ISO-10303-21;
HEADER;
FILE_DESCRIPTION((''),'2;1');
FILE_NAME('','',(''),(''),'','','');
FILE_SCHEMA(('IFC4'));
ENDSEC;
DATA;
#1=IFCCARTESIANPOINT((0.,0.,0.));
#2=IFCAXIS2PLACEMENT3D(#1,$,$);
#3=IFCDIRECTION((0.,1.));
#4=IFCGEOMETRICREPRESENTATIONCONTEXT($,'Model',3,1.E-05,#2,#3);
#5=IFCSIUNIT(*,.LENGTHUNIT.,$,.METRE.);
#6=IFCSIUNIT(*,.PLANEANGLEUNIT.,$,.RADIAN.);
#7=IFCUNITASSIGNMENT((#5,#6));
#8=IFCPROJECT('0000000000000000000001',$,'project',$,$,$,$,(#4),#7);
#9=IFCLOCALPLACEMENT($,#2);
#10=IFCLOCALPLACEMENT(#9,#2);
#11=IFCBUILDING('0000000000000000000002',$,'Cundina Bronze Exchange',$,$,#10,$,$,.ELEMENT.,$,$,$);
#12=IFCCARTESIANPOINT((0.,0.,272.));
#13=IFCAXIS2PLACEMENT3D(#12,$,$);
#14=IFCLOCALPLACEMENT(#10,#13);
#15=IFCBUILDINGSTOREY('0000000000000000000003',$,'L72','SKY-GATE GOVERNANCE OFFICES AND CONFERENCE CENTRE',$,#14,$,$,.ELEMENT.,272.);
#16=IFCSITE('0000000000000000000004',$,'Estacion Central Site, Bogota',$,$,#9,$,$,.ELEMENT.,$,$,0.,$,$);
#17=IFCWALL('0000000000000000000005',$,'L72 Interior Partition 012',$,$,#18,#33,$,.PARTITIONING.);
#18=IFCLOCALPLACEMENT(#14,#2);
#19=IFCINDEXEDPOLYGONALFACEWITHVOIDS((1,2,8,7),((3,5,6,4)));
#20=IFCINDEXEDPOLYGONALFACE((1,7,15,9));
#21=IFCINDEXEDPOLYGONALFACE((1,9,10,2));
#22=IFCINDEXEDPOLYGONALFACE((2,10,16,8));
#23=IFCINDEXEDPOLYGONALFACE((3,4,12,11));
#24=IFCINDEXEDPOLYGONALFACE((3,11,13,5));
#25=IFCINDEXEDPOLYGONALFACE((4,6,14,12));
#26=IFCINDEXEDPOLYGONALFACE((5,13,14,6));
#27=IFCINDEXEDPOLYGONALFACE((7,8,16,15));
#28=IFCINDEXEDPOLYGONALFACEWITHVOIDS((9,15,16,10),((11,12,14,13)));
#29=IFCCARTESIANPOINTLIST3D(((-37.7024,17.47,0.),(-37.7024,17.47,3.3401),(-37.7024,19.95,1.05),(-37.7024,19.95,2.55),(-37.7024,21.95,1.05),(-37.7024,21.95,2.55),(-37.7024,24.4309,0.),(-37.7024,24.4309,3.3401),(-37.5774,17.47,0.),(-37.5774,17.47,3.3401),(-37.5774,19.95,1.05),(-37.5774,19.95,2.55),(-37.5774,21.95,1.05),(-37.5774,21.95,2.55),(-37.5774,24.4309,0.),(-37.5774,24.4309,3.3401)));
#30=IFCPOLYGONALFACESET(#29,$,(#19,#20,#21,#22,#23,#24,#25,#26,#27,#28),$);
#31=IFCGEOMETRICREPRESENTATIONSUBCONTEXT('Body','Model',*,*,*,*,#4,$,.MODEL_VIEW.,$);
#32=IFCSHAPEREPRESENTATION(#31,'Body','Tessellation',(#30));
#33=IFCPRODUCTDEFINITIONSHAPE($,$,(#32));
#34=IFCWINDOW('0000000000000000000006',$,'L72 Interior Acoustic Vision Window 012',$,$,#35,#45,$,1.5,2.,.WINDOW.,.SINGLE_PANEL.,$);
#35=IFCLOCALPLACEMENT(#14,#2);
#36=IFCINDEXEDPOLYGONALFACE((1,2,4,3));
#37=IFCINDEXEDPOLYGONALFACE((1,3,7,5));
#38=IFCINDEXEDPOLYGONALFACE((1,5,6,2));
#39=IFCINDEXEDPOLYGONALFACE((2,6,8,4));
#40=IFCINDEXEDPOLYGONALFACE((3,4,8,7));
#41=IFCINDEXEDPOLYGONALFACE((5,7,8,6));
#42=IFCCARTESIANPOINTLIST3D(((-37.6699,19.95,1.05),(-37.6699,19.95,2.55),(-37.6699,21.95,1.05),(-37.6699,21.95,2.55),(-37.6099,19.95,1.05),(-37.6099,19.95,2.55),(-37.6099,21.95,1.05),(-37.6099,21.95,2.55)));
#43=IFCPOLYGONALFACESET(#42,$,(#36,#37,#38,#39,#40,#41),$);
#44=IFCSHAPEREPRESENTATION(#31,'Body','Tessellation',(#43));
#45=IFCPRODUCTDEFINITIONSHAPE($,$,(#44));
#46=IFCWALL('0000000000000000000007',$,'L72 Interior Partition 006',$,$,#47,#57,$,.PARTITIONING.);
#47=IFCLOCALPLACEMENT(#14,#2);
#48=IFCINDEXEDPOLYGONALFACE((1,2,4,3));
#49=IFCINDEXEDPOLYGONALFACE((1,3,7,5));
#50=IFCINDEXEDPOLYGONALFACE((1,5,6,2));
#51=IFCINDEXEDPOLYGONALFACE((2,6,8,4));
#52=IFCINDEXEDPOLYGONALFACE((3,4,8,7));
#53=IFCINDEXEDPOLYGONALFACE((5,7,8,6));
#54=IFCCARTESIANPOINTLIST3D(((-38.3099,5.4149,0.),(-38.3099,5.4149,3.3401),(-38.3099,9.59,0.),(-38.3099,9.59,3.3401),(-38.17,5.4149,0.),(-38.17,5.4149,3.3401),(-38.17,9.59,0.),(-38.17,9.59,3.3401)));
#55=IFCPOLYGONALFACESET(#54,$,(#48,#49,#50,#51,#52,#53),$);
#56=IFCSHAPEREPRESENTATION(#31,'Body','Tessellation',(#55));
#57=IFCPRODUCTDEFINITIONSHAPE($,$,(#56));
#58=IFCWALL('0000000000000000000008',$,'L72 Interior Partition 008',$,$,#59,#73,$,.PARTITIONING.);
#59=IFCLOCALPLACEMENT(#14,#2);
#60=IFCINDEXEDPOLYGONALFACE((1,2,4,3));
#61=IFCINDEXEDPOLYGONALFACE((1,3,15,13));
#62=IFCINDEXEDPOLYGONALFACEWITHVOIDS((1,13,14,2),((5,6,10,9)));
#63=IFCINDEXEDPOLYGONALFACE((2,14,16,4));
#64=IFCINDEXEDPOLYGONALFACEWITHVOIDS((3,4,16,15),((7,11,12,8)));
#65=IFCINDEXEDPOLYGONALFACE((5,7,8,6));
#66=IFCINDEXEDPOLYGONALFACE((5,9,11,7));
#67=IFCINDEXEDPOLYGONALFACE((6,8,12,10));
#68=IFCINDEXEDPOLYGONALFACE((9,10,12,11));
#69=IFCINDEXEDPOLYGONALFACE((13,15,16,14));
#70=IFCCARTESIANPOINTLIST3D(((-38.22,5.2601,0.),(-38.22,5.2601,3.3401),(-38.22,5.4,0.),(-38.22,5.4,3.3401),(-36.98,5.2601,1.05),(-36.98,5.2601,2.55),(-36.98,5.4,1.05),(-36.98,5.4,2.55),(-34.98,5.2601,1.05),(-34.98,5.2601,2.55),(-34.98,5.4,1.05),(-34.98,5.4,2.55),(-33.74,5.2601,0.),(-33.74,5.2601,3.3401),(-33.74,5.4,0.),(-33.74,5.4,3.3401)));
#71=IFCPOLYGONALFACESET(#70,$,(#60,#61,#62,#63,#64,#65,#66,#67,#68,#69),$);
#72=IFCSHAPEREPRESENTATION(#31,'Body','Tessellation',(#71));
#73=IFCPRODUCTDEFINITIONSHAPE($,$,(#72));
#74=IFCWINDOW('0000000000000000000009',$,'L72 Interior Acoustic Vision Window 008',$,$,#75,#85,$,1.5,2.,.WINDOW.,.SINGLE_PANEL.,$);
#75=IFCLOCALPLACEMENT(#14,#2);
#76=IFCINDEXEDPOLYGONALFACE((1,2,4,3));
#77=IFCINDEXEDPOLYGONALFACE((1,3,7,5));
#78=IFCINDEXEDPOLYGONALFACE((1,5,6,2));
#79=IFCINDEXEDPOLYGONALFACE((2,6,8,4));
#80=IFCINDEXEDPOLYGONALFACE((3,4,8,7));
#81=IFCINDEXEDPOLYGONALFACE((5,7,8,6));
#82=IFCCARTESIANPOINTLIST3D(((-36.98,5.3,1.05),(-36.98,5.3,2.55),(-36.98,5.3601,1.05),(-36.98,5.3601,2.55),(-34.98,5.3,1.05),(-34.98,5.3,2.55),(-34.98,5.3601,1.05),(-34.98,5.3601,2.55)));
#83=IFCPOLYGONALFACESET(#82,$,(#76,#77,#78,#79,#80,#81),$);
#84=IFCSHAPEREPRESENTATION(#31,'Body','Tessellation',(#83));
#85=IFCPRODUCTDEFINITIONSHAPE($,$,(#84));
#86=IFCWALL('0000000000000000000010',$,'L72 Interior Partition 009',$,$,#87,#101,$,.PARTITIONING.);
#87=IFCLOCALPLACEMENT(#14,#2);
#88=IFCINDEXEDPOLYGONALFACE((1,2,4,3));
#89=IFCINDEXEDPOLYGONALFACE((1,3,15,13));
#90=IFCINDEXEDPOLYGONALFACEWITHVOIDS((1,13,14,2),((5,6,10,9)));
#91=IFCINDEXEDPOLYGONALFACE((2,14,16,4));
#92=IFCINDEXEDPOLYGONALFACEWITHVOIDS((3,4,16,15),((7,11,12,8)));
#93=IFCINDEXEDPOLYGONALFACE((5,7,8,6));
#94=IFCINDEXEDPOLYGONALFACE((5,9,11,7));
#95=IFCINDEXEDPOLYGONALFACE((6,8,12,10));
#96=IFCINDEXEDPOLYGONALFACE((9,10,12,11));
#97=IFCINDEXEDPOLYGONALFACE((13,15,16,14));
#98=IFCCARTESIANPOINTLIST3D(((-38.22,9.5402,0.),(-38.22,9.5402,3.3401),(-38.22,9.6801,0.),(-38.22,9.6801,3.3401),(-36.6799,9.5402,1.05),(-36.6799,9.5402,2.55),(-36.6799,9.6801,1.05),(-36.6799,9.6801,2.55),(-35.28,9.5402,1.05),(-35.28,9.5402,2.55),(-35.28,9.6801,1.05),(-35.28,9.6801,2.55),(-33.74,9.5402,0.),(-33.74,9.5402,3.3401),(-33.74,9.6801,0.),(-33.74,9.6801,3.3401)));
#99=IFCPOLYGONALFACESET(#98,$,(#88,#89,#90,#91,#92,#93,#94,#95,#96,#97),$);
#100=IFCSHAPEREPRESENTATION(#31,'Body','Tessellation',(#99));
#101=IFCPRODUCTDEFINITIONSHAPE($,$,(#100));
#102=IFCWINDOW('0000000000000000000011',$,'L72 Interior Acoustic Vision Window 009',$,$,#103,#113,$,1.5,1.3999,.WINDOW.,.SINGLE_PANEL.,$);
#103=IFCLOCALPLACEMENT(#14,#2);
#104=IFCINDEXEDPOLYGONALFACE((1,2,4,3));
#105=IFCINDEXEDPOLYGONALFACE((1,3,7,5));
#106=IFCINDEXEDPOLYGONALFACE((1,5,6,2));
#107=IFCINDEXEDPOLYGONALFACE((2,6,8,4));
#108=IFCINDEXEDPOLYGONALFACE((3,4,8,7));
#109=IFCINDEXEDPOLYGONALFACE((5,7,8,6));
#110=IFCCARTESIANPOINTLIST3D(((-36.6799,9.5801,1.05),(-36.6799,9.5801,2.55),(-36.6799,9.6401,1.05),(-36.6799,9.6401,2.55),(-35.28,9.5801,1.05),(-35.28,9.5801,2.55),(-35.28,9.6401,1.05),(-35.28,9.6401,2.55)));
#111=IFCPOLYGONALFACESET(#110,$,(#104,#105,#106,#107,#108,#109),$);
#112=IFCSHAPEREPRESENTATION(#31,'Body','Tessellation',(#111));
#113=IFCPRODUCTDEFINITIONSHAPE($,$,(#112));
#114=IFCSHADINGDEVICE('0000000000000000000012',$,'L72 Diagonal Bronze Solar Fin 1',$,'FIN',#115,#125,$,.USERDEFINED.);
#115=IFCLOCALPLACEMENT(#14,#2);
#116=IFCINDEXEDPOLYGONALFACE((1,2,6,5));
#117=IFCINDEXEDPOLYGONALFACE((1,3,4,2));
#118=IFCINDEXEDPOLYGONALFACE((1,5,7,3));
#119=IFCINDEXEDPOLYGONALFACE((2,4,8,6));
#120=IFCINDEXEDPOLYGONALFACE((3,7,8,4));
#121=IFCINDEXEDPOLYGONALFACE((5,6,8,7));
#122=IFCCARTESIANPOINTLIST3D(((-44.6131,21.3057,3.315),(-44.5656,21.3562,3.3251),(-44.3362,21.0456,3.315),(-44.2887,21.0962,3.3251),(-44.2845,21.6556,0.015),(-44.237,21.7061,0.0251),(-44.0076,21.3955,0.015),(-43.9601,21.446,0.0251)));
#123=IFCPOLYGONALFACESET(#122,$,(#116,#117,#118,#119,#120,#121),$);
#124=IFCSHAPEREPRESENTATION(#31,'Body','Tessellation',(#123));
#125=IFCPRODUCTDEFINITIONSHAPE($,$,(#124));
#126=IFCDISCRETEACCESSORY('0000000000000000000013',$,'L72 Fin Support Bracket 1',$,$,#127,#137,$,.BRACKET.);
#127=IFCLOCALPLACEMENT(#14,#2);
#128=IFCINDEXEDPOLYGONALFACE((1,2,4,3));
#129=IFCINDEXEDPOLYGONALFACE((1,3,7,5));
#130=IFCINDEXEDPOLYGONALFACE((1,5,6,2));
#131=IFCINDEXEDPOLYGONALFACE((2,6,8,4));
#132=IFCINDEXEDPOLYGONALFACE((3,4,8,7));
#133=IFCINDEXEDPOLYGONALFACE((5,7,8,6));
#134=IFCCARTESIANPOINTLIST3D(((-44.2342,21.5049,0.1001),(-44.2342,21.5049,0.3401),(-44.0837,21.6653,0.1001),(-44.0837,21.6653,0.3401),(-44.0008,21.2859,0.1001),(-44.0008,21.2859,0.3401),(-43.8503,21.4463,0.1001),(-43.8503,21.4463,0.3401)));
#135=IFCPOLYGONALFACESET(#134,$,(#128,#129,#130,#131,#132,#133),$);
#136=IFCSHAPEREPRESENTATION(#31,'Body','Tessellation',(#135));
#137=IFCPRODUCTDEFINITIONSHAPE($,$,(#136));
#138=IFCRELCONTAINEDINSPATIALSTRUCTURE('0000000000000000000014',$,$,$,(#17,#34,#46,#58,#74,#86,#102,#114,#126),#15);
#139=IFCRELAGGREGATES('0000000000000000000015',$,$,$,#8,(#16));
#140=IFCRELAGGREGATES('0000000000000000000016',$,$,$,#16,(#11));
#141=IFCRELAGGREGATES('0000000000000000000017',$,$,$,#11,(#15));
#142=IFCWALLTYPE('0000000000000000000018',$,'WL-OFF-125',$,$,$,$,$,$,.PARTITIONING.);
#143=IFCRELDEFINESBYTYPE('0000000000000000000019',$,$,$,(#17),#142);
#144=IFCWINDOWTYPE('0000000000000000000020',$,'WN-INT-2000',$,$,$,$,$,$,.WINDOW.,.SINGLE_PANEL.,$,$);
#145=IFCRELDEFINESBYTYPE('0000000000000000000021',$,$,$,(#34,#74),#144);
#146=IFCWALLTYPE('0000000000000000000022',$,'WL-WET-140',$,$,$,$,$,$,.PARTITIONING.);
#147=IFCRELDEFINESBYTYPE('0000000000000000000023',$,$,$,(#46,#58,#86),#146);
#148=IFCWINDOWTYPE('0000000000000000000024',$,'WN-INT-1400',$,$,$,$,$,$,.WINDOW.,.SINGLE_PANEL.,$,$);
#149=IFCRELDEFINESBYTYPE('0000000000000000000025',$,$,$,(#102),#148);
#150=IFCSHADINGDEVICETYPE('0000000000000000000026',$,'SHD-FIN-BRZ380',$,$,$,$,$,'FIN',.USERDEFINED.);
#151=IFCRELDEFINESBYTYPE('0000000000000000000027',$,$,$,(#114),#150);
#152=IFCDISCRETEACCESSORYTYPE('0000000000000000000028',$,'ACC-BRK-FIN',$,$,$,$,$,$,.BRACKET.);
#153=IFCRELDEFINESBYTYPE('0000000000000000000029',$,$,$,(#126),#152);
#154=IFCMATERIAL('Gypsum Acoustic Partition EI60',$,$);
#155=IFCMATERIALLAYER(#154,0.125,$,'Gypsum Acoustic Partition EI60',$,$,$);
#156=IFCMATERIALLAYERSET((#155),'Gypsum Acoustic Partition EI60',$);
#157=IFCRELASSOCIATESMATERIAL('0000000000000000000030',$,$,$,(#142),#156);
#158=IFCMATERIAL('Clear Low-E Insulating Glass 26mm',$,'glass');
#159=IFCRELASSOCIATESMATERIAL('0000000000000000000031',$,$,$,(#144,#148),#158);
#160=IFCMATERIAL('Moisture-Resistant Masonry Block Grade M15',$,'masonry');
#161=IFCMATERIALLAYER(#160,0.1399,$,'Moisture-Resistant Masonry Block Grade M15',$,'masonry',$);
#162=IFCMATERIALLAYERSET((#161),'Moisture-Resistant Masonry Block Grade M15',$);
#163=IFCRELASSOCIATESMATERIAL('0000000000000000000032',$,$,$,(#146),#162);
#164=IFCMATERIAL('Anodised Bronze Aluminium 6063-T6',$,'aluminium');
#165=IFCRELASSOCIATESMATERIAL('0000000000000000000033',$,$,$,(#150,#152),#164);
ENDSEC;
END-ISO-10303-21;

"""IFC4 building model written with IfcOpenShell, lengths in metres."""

from ifc_helpers import new_model, si_unit, direction, frame, frame_2d, origin, origin_2d, place, context, subcontext, project, spatial, rectangle, extrude, material, layer, layer_set, material_profile, profile_set, type_object, element, fill, save


model = new_model("IFC4")

# Units and contexts
model_context = context("Model", 3, precision=1e-05, world=origin(), true_north=direction((0.0, 1.0)))
body_context = subcontext(model_context, "Body", "Model", "MODEL_VIEW")
ifc_project = project(units=[si_unit("LENGTHUNIT", "METRE"), si_unit("PLANEANGLEUNIT", "RADIAN")], contexts=[model_context])

# Site, building, storey
site_placement = place(None, origin())
site = spatial("IfcSite", under=ifc_project, at=site_placement, Name="Estacion Central Site, Bogota", CompositionType="ELEMENT", RefElevation=0.0)
building_placement = place(site_placement, origin())
building = spatial("IfcBuilding", under=site, at=building_placement, Name="Cundina Bronze Exchange", CompositionType="ELEMENT")
storey_placement = place(building_placement, frame((0.0, 0.0, 272.0)))
storey = spatial("IfcBuildingStorey", under=building, at=storey_placement, Name="L72", Description="SKY-GATE GOVERNANCE OFFICES AND CONFERENCE CENTRE", CompositionType="ELEMENT", Elevation=272.0)

# Shared definitions
ifc_material_1 = material(Name="Anodised Bronze Aluminium 6063-T6", Category="aluminium")

# Wall, opening, window
ifc_material_2 = material(Name="Gypsum Acoustic Partition EI60")
ifc_layer_1 = layer(ifc_material_2, 0.125, Name="Gypsum Acoustic Partition EI60")
ifc_layer_set_1 = layer_set([ifc_layer_1], Name="Gypsum Acoustic Partition EI60")
wall_type_1 = type_object("IfcWallType", Name="WL-OFF-125", PredefinedType="PARTITIONING", material=ifc_layer_set_1)
wall_1_placement = place(storey_placement, frame((-37.6399, 17.47, 0.0), z_axis=(0.0, 0.0, 1.0), x_axis=(0.0, 1.0, 0.0)))
wall_1 = element("IfcWall", 1, at=wall_1_placement, inside=storey, type_object=wall_type_1, Name="L72 Interior Partition 012", PredefinedType="PARTITIONING", context=body_context, shape_type="SweptSolid", body=[
    extrude(rectangle(XDim=6.9609, YDim=0.125, at=frame_2d((3.4805, 0.0))), origin(), (0.0, 0.0, 1.0), 3.3401),
])
opening_1_placement = place(wall_1_placement, frame((2.48, 0.0, 1.05)))
opening_1 = element("IfcOpeningElement", 2, at=opening_1_placement, cuts=wall_1, PredefinedType="OPENING", context=body_context, shape_type="SweptSolid", body=[
    extrude(rectangle(XDim=2.0, YDim=1.5, at=frame_2d((1.0, 0.75))), frame((0.0, 0.0725, 0.0), z_axis=(0.0, -1.0, 0.0), x_axis=(1.0, 0.0, 0.0)), (0.0, 0.0, 1.0), 0.145),
])
ifc_material_3 = material(Name="Clear Low-E Insulating Glass 26mm", Category="glass")
window_type_1 = type_object("IfcWindowType", Name="WN-INT-2000", PartitioningType="SINGLE_PANEL", PredefinedType="WINDOW", material=ifc_material_3)
window_1_placement = place(opening_1_placement, origin())
window_1 = element("IfcWindow", 3, at=window_1_placement, inside=storey, type_object=window_type_1, Name="L72 Interior Acoustic Vision Window 012", OverallHeight=1.5, OverallWidth=2.0, PartitioningType="SINGLE_PANEL", PredefinedType="WINDOW", context=body_context, shape_type="SweptSolid", body=[
    extrude(rectangle(XDim=2.0, YDim=1.5, at=frame_2d((1.0, 0.75))), frame((0.0, 0.03, 0.0), z_axis=(0.0, -1.0, 0.0), x_axis=(1.0, 0.0, 0.0)), (0.0, 0.0, 1.0), 0.0601),
])
fill(opening_1, window_1)

# Wall
ifc_material_4 = material(Name="Moisture-Resistant Masonry Block Grade M15", Category="masonry")
ifc_layer_2 = layer(ifc_material_4, 0.1399, Name="Moisture-Resistant Masonry Block Grade M15", Category="masonry")
ifc_layer_set_2 = layer_set([ifc_layer_2], Name="Moisture-Resistant Masonry Block Grade M15")
wall_type_2 = type_object("IfcWallType", Name="WL-WET-140", PredefinedType="PARTITIONING", material=ifc_layer_set_2)
wall_2_placement = place(storey_placement, frame((-38.24, 5.415, 0.0), z_axis=(0.0, 0.0, 1.0), x_axis=(0.0, 1.0, 0.0)))
element("IfcWall", 4, at=wall_2_placement, inside=storey, type_object=wall_type_2, Name="L72 Interior Partition 006", PredefinedType="PARTITIONING", context=body_context, shape_type="SweptSolid", body=[
    extrude(rectangle(XDim=4.175, YDim=0.1399, at=frame_2d((2.0874, 0.0))), origin(), (0.0, 0.0, 1.0), 3.3401),
])

# Walls, openings, windows
wall_3_placement = place(storey_placement, frame((-38.22, 5.3301, 0.0), z_axis=(0.0, 0.0, 1.0), x_axis=(1.0, 0.0, 0.0)))
wall_3 = element("IfcWall", 5, at=wall_3_placement, inside=storey, type_object=wall_type_2, Name="L72 Interior Partition 008", PredefinedType="PARTITIONING", context=body_context, shape_type="SweptSolid", body=[
    extrude(rectangle(XDim=4.48, YDim=0.1399, at=frame_2d((2.24, 0.0))), origin(), (0.0, 0.0, 1.0), 3.3401),
])
opening_2_placement = place(wall_3_placement, frame((1.24, 0.0, 1.05)))
opening_2 = element("IfcOpeningElement", 6, at=opening_2_placement, cuts=wall_3, PredefinedType="OPENING", context=body_context, shape_type="SweptSolid", body=[
    extrude(rectangle(XDim=2.0, YDim=1.5, at=frame_2d((1.0, 0.75))), frame((0.0, 0.0798, 0.0), z_axis=(0.0, -1.0, 0.0), x_axis=(1.0, 0.0, 0.0)), (0.0, 0.0, 1.0), 0.1599),
])
window_2_placement = place(opening_2_placement, origin())
window_2 = element("IfcWindow", 7, at=window_2_placement, inside=storey, type_object=window_type_1, Name="L72 Interior Acoustic Vision Window 008", OverallHeight=1.5, OverallWidth=2.0, PartitioningType="SINGLE_PANEL", PredefinedType="WINDOW", context=body_context, shape_type="SweptSolid", body=[
    extrude(rectangle(XDim=2.0, YDim=1.5, at=frame_2d((1.0, 0.75))), frame((0.0, 0.03, 0.0), z_axis=(0.0, -1.0, 0.0), x_axis=(1.0, 0.0, 0.0)), (0.0, 0.0, 1.0), 0.0601),
])
fill(opening_2, window_2)
wall_4_placement = place(storey_placement, frame((-38.22, 9.6101, 0.0), z_axis=(0.0, 0.0, 1.0), x_axis=(1.0, 0.0, 0.0)))
wall_4 = element("IfcWall", 8, at=wall_4_placement, inside=storey, type_object=wall_type_2, Name="L72 Interior Partition 009", PredefinedType="PARTITIONING", context=body_context, shape_type="SweptSolid", body=[
    extrude(rectangle(XDim=4.48, YDim=0.1399, at=frame_2d((2.24, 0.0))), origin(), (0.0, 0.0, 1.0), 3.3401),
])
opening_3_placement = place(wall_4_placement, frame((1.54, 0.0, 1.05)))
opening_3 = element("IfcOpeningElement", 9, at=opening_3_placement, cuts=wall_4, PredefinedType="OPENING", context=body_context, shape_type="SweptSolid", body=[
    extrude(rectangle(XDim=1.3999, YDim=1.5, at=frame_2d((0.7, 0.75))), frame((0.0, 0.0798, 0.0), z_axis=(0.0, -1.0, 0.0), x_axis=(1.0, 0.0, 0.0)), (0.0, 0.0, 1.0), 0.1599),
])
window_type_2 = type_object("IfcWindowType", Name="WN-INT-1400", PartitioningType="SINGLE_PANEL", PredefinedType="WINDOW", material=ifc_material_3)
window_3_placement = place(opening_3_placement, origin())
window_3 = element("IfcWindow", 10, at=window_3_placement, inside=storey, type_object=window_type_2, Name="L72 Interior Acoustic Vision Window 009", OverallHeight=1.5, OverallWidth=1.3999, PartitioningType="SINGLE_PANEL", PredefinedType="WINDOW", context=body_context, shape_type="SweptSolid", body=[
    extrude(rectangle(XDim=1.3999, YDim=1.5, at=frame_2d((0.7, 0.75))), frame((0.0, 0.03, 0.0), z_axis=(0.0, -1.0, 0.0), x_axis=(1.0, 0.0, 0.0)), (0.0, 0.0, 1.0), 0.0601),
])
fill(opening_3, window_3)

# Shading device
ifc_material_profile_1 = material_profile(ifc_material_1, rectangle(XDim=0.0701, YDim=0.3799, at=origin_2d()), Name="FIN70X380", Category="aluminium")
ifc_profile_set_1 = profile_set([ifc_material_profile_1], Name="Anodised Bronze Aluminium 6063-T6")
shading_device_type = type_object("IfcShadingDeviceType", Name="SHD-FIN-BRZ380", ElementType="FIN", PredefinedType="USERDEFINED", material=ifc_profile_set_1)
shading_device_placement = place(storey_placement, frame((-44.1223, 21.5508, 0.02), z_axis=(-0.098541, -0.104911, 0.989587), x_axis=(0.677506, 0.721297, 0.143933)))
element("IfcShadingDevice", 11, at=shading_device_placement, inside=storey, type_object=shading_device_type, Name="L72 Diagonal Bronze Solar Fin 1", ObjectType="FIN", PredefinedType="USERDEFINED", context=body_context, shape_type="SweptSolid", body=[
    extrude(rectangle(XDim=0.0701, YDim=0.3799, at=origin_2d()), origin(), (0.0, 0.0, 1.0), 3.3347),
])

# Discrete accessory
discrete_accessory_type = type_object("IfcDiscreteAccessoryType", Name="ACC-BRK-FIN", PredefinedType="BRACKET", material=ifc_material_1)
discrete_accessory_placement = place(storey_placement, frame((-44.0422, 21.4756, 0.1001), z_axis=(0.0, 0.0, 1.0), x_axis=(-0.684344, -0.72916, 0.0)))
element("IfcDiscreteAccessory", 12, at=discrete_accessory_placement, inside=storey, type_object=discrete_accessory_type, Name="L72 Fin Support Bracket 1", PredefinedType="BRACKET", context=body_context, shape_type="SweptSolid", body=[
    extrude(rectangle(XDim=0.22, YDim=0.3201, at=origin_2d()), origin(), (0.0, 0.0, 1.0), 0.24),
])

save(model, "model.ifc")
